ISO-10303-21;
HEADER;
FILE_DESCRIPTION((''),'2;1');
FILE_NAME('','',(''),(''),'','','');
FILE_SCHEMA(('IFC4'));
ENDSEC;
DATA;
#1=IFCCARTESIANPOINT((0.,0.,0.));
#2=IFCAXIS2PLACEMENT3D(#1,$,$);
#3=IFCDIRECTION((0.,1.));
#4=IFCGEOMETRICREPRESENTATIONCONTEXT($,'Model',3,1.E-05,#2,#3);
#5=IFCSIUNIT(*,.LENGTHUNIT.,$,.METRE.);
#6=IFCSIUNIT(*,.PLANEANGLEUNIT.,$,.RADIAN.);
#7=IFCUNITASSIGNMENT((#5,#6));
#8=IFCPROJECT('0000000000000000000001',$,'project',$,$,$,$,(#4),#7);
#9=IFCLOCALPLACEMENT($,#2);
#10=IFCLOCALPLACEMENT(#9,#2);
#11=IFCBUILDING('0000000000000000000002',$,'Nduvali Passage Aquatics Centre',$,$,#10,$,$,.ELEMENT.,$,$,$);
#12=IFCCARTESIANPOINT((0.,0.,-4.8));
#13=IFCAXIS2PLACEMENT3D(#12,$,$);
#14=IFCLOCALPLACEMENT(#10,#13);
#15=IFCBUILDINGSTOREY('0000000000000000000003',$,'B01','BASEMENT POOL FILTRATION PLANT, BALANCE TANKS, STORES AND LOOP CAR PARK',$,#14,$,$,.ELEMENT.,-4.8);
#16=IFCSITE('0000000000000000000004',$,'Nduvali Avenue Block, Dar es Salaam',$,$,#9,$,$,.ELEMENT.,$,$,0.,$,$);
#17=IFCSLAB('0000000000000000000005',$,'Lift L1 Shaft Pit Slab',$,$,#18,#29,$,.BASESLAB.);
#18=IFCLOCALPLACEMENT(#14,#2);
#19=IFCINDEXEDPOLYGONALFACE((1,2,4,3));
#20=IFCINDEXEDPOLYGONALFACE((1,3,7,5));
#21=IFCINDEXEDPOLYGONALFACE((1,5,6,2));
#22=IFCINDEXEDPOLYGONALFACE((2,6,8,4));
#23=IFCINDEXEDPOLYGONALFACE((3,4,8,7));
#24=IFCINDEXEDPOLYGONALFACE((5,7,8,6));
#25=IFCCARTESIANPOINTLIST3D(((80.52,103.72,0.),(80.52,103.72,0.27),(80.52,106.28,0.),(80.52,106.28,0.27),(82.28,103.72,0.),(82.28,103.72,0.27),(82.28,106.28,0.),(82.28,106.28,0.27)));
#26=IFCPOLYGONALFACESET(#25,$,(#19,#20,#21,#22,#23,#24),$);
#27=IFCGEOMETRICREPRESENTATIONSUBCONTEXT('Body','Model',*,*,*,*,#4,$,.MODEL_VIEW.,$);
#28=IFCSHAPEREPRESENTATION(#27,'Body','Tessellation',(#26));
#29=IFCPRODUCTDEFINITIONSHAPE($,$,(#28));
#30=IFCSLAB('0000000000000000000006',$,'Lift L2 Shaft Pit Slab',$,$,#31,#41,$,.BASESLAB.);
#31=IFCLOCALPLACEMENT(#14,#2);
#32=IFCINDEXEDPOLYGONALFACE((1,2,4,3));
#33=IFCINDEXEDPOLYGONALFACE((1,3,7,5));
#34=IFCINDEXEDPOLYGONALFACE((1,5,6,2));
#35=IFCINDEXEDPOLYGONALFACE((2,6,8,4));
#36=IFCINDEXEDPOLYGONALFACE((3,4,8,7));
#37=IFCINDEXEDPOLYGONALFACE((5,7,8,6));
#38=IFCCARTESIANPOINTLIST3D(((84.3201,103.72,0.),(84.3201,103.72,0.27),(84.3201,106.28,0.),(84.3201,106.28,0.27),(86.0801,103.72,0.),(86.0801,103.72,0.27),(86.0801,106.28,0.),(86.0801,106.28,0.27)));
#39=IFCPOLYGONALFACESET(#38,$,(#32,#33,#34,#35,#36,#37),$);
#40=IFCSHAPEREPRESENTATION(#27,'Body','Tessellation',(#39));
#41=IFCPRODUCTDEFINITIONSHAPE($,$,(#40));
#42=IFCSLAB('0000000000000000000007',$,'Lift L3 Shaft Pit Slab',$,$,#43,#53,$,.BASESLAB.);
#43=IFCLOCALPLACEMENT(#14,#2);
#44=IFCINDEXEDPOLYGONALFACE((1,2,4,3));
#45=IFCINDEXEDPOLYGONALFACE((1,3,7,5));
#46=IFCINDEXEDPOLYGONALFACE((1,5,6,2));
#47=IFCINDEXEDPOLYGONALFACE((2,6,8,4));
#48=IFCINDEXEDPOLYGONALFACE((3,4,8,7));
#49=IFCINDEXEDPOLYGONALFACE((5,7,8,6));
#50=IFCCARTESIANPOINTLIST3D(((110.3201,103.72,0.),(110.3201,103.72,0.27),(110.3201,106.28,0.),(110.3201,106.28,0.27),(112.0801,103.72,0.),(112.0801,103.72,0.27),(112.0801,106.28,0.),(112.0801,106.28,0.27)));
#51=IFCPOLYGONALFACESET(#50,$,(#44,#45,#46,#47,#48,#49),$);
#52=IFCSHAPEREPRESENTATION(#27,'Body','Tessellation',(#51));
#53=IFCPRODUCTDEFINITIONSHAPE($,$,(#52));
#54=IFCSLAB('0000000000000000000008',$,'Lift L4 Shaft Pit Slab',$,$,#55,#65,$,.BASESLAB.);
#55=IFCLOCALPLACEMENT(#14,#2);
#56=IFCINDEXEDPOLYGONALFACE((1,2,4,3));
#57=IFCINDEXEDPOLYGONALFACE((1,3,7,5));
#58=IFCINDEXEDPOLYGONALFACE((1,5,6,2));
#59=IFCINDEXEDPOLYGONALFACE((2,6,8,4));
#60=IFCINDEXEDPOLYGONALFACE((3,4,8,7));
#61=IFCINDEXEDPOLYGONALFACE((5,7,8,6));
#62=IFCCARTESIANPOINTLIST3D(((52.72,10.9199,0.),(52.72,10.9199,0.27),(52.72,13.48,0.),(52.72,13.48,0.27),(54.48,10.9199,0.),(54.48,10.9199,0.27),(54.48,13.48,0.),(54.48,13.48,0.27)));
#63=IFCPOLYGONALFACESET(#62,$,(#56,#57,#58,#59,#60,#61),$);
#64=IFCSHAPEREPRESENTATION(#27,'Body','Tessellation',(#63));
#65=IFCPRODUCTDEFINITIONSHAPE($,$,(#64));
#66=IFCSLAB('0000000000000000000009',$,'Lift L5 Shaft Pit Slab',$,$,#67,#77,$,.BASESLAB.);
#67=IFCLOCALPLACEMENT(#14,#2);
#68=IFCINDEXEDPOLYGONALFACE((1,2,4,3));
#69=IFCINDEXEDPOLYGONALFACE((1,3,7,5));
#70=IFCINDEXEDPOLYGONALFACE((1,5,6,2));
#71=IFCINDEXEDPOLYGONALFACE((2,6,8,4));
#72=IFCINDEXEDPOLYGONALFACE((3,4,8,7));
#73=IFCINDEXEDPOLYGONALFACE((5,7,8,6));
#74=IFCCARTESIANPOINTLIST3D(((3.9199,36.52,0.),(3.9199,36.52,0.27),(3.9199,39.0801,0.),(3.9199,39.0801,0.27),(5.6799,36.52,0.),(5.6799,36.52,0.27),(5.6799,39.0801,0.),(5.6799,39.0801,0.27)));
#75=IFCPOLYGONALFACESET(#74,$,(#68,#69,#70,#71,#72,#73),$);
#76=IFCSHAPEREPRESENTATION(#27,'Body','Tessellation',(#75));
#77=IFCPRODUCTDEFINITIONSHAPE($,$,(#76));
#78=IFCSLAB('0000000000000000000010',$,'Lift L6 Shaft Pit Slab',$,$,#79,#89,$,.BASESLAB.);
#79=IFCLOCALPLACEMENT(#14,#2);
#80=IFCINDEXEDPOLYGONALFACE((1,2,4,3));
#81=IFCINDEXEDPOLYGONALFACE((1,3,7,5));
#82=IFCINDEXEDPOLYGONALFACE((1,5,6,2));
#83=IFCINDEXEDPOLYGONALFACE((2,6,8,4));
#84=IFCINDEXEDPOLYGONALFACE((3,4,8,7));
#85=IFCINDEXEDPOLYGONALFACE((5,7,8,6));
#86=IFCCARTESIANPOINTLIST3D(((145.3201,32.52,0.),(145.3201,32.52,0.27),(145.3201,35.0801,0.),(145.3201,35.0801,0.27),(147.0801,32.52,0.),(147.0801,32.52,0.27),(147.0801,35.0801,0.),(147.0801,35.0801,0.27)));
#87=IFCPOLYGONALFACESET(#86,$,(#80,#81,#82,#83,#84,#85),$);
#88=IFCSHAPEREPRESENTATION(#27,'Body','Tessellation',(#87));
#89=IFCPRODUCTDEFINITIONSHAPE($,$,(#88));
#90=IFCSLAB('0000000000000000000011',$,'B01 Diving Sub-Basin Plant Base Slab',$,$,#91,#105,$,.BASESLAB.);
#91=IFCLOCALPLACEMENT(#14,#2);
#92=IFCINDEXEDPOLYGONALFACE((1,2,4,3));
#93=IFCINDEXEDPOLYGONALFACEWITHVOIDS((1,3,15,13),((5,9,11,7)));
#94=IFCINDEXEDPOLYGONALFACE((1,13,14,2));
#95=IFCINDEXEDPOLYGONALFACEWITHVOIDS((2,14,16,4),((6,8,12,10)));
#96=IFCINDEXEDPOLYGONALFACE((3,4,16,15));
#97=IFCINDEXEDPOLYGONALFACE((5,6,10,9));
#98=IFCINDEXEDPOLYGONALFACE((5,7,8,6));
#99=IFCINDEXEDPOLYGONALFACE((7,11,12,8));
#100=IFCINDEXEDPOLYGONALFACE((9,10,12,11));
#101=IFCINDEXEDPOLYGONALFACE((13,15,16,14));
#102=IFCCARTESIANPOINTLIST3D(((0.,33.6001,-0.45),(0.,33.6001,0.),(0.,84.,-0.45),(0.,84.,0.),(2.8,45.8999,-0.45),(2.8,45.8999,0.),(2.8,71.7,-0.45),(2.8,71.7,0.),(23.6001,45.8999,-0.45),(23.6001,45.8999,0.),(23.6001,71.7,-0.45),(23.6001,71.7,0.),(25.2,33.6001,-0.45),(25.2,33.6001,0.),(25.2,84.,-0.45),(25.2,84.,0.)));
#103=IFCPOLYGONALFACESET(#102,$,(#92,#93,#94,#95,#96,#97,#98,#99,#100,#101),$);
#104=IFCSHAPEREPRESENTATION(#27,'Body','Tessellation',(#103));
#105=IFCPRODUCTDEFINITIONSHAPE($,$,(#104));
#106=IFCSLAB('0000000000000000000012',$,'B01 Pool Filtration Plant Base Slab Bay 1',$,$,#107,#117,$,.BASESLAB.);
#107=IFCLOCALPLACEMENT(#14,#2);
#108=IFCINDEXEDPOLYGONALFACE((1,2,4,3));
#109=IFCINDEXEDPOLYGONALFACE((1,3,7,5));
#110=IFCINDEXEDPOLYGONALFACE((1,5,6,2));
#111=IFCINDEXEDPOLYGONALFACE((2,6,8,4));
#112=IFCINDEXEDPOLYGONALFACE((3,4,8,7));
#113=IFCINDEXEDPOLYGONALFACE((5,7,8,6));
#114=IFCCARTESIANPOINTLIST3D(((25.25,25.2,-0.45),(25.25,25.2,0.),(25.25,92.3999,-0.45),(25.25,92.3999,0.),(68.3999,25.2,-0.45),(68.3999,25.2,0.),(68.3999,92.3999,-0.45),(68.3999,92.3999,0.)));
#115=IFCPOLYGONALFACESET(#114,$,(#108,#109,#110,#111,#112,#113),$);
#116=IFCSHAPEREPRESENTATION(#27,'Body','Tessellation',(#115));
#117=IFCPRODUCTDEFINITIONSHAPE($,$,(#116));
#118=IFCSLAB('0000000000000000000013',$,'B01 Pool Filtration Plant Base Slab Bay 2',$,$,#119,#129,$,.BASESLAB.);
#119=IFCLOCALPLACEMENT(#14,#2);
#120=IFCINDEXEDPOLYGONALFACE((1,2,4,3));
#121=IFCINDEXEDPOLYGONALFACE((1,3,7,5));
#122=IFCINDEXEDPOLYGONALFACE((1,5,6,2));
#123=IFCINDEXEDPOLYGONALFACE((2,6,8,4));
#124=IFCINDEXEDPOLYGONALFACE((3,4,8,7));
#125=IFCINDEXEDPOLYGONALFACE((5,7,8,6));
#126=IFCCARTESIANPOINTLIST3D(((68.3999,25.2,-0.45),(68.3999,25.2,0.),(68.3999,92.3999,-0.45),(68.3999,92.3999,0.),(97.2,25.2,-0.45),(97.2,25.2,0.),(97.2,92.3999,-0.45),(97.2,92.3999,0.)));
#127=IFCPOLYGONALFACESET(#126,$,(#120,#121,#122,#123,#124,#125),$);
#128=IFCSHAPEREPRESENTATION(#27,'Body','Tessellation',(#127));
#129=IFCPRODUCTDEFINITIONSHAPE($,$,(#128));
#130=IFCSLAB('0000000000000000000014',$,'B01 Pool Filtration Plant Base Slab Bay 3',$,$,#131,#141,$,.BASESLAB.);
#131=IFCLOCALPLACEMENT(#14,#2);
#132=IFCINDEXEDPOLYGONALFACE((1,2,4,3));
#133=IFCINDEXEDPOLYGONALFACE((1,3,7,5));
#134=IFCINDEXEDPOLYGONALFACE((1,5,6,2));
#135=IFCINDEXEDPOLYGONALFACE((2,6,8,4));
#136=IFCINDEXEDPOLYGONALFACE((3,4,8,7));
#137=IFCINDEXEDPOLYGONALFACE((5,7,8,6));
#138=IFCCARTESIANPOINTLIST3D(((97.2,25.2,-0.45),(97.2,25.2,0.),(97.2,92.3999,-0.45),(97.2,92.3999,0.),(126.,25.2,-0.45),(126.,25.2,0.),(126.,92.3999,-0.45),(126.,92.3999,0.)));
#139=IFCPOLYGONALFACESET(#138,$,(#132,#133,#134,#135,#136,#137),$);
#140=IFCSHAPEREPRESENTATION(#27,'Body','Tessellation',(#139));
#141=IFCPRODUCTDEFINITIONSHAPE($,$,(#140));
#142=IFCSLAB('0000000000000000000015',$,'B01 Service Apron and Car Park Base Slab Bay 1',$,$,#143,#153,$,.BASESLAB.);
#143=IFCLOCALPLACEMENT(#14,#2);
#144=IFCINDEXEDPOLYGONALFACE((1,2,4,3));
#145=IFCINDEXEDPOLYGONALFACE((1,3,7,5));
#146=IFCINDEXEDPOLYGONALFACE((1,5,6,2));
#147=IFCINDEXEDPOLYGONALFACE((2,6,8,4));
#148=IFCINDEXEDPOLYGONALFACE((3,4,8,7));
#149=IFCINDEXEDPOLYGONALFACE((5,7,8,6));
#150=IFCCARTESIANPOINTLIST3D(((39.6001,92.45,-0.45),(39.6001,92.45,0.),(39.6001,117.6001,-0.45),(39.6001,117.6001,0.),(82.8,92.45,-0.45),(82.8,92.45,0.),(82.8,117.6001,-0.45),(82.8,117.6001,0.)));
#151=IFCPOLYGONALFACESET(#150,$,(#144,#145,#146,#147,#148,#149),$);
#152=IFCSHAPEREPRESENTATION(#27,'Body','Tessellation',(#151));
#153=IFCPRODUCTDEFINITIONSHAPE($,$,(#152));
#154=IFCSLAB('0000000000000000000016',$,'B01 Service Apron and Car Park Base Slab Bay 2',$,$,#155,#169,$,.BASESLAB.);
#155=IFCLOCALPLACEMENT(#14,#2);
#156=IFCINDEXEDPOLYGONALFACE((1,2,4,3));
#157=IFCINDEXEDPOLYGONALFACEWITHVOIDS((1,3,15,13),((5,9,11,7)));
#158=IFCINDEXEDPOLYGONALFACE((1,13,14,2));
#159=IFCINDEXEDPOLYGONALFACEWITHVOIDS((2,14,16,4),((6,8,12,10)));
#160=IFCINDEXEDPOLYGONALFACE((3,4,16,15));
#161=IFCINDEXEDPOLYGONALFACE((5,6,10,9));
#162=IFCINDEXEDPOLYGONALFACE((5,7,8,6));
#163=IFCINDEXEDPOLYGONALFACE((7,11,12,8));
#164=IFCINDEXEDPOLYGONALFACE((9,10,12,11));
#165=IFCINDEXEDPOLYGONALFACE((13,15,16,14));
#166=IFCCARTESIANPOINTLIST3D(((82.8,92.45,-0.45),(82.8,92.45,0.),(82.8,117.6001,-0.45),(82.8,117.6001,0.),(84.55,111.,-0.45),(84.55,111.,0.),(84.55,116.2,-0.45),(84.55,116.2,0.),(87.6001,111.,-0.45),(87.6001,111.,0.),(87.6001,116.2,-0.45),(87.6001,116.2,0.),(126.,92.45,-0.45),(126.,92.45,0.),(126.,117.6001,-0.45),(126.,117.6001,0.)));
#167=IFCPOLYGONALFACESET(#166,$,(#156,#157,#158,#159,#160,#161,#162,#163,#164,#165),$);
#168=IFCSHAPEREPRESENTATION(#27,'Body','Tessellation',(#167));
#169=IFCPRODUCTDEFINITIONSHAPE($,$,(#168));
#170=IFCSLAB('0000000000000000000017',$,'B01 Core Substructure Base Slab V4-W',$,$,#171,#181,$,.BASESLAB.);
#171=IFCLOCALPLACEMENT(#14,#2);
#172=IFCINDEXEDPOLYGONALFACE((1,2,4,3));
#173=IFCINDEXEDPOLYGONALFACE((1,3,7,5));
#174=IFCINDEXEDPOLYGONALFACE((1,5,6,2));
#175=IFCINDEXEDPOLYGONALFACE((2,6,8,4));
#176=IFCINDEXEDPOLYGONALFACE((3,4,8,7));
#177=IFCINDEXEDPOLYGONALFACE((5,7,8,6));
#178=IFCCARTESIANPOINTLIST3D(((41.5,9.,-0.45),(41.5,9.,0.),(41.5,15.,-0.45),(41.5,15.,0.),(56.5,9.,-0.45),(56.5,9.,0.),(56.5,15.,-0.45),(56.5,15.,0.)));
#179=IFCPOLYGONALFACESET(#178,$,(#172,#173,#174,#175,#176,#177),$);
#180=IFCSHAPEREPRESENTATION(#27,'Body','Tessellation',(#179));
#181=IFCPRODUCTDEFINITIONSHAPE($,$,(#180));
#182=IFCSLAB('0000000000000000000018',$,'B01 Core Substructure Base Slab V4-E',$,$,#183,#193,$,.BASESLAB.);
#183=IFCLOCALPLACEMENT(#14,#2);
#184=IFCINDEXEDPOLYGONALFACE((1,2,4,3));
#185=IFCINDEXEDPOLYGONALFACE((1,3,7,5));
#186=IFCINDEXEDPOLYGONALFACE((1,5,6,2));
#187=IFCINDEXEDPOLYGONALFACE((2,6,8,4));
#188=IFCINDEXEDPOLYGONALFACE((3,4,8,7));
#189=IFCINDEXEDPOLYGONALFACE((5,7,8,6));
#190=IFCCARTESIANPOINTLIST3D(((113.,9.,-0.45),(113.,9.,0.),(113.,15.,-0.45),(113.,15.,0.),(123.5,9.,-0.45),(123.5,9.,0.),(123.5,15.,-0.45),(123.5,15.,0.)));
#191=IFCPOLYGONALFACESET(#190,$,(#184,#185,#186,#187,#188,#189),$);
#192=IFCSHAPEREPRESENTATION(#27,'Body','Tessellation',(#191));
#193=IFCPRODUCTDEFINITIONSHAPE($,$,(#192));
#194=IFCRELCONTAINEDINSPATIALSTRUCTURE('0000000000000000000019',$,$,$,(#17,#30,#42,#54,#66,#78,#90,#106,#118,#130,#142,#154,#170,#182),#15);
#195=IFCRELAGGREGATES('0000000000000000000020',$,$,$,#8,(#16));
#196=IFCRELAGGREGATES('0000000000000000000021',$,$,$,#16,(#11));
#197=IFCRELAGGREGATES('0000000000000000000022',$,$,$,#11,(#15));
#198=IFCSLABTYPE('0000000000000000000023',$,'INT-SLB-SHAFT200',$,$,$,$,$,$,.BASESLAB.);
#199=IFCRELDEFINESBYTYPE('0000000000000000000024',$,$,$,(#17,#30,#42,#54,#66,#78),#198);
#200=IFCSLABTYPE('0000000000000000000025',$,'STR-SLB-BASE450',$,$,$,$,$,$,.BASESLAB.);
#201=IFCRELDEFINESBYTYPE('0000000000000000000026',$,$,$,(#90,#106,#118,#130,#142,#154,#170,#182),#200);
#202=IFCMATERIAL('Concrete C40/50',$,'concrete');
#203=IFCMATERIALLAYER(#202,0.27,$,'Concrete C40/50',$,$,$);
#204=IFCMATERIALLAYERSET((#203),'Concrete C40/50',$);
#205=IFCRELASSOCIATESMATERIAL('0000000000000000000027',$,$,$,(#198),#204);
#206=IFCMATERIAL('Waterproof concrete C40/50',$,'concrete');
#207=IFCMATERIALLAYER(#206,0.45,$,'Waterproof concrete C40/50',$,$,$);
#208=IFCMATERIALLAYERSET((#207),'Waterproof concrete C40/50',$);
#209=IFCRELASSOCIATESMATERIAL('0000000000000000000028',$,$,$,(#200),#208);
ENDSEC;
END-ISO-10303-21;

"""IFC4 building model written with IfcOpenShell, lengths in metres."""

from ifc_helpers import new_model, si_unit, direction, frame, origin, place, context, subcontext, project, spatial, polyline, outline, extrude, material, layer, layer_set, type_object, element, save


model = new_model("IFC4")

# Units and contexts
model_context = context("Model", 3, precision=1e-05, world=origin(), true_north=direction((0.0, 1.0)))
body_context = subcontext(model_context, "Body", "Model", "MODEL_VIEW")
ifc_project = project(units=[si_unit("LENGTHUNIT", "METRE"), si_unit("PLANEANGLEUNIT", "RADIAN")], contexts=[model_context])

# Site, building, storey
site_placement = place(None, origin())
site = spatial("IfcSite", under=ifc_project, at=site_placement, Name="Nduvali Avenue Block, Dar es Salaam", CompositionType="ELEMENT", RefElevation=0.0)
building_placement = place(site_placement, origin())
building = spatial("IfcBuilding", under=site, at=building_placement, Name="Nduvali Passage Aquatics Centre", CompositionType="ELEMENT")
storey_placement = place(building_placement, frame((0.0, 0.0, -4.8)))
storey = spatial("IfcBuildingStorey", under=building, at=storey_placement, Name="B01", Description="BASEMENT POOL FILTRATION PLANT, BALANCE TANKS, STORES AND LOOP CAR PARK", CompositionType="ELEMENT", Elevation=-4.8)

# Slabs
ifc_material_1 = material(Name="Concrete C40/50", Category="concrete")
ifc_layer_1 = layer(ifc_material_1, 0.27, Name="Concrete C40/50")
ifc_layer_set_1 = layer_set([ifc_layer_1], Name="Concrete C40/50")
slab_type_1 = type_object("IfcSlabType", Name="INT-SLB-SHAFT200", PredefinedType="BASESLAB", material=ifc_layer_set_1)
slab_1_placement = place(storey_placement, origin())
element("IfcSlab", 1, at=slab_1_placement, inside=storey, type_object=slab_type_1, Name="Lift L1 Shaft Pit Slab", PredefinedType="BASESLAB", context=body_context, shape_type="SweptSolid", body=[
    extrude(outline(polyline([(80.52, 103.72), (82.28, 103.72), (82.28, 106.28), (80.52, 106.28), (80.52, 103.72)])), origin(), (0.0, 0.0, 1.0), 0.27),
])
slab_2_placement = place(storey_placement, origin())
element("IfcSlab", 2, at=slab_2_placement, inside=storey, type_object=slab_type_1, Name="Lift L2 Shaft Pit Slab", PredefinedType="BASESLAB", context=body_context, shape_type="SweptSolid", body=[
    extrude(outline(polyline([(84.3201, 103.72), (86.0801, 103.72), (86.0801, 106.28), (84.3201, 106.28), (84.3201, 103.72)])), origin(), (0.0, 0.0, 1.0), 0.27),
])
slab_3_placement = place(storey_placement, origin())
element("IfcSlab", 3, at=slab_3_placement, inside=storey, type_object=slab_type_1, Name="Lift L3 Shaft Pit Slab", PredefinedType="BASESLAB", context=body_context, shape_type="SweptSolid", body=[
    extrude(outline(polyline([(110.3201, 103.72), (112.0801, 103.72), (112.0801, 106.28), (110.3201, 106.28), (110.3201, 103.72)])), origin(), (0.0, 0.0, 1.0), 0.27),
])
slab_4_placement = place(storey_placement, origin())
element("IfcSlab", 4, at=slab_4_placement, inside=storey, type_object=slab_type_1, Name="Lift L4 Shaft Pit Slab", PredefinedType="BASESLAB", context=body_context, shape_type="SweptSolid", body=[
    extrude(outline(polyline([(52.72, 10.9199), (54.48, 10.9199), (54.48, 13.48), (52.72, 13.48), (52.72, 10.9199)])), origin(), (0.0, 0.0, 1.0), 0.27),
])
slab_5_placement = place(storey_placement, origin())
element("IfcSlab", 5, at=slab_5_placement, inside=storey, type_object=slab_type_1, Name="Lift L5 Shaft Pit Slab", PredefinedType="BASESLAB", context=body_context, shape_type="SweptSolid", body=[
    extrude(outline(polyline([(3.9199, 36.52), (5.6799, 36.52), (5.6799, 39.0801), (3.9199, 39.0801), (3.9199, 36.52)])), origin(), (0.0, 0.0, 1.0), 0.27),
])
slab_6_placement = place(storey_placement, origin())
element("IfcSlab", 6, at=slab_6_placement, inside=storey, type_object=slab_type_1, Name="Lift L6 Shaft Pit Slab", PredefinedType="BASESLAB", context=body_context, shape_type="SweptSolid", body=[
    extrude(outline(polyline([(145.3201, 32.52), (147.0801, 32.52), (147.0801, 35.0801), (145.3201, 35.0801), (145.3201, 32.52)])), origin(), (0.0, 0.0, 1.0), 0.27),
])
ifc_material_2 = material(Name="Waterproof concrete C40/50", Category="concrete")
ifc_layer_2 = layer(ifc_material_2, 0.45, Name="Waterproof concrete C40/50")
ifc_layer_set_2 = layer_set([ifc_layer_2], Name="Waterproof concrete C40/50")
slab_type_2 = type_object("IfcSlabType", Name="STR-SLB-BASE450", PredefinedType="BASESLAB", material=ifc_layer_set_2)
slab_7_placement = place(storey_placement, frame((0.0, 0.0, -0.45)))
element("IfcSlab", 7, at=slab_7_placement, inside=storey, type_object=slab_type_2, Name="B01 Diving Sub-Basin Plant Base Slab", PredefinedType="BASESLAB", context=body_context, shape_type="SweptSolid", body=[
    extrude(outline(polyline([(0.0, 33.6001), (25.2, 33.6001), (25.2, 84.0), (0.0, 84.0), (0.0, 33.6001)]), holes=[polyline([(2.8, 45.8999), (23.6001, 45.8999), (23.6001, 71.7), (2.8, 71.7), (2.8, 45.8999)])]), origin(), (0.0, 0.0, 1.0), 0.45),
])
slab_8_placement = place(storey_placement, frame((0.0, 0.0, -0.45)))
element("IfcSlab", 8, at=slab_8_placement, inside=storey, type_object=slab_type_2, Name="B01 Pool Filtration Plant Base Slab Bay 1", PredefinedType="BASESLAB", context=body_context, shape_type="SweptSolid", body=[
    extrude(outline(polyline([(25.25, 25.2), (68.3999, 25.2), (68.3999, 92.3999), (25.25, 92.3999), (25.25, 25.2)])), origin(), (0.0, 0.0, 1.0), 0.45),
])
slab_9_placement = place(storey_placement, frame((0.0, 0.0, -0.45)))
element("IfcSlab", 9, at=slab_9_placement, inside=storey, type_object=slab_type_2, Name="B01 Pool Filtration Plant Base Slab Bay 2", PredefinedType="BASESLAB", context=body_context, shape_type="SweptSolid", body=[
    extrude(outline(polyline([(68.3999, 25.2), (97.2, 25.2), (97.2, 92.3999), (68.3999, 92.3999), (68.3999, 25.2)])), origin(), (0.0, 0.0, 1.0), 0.45),
])
slab_10_placement = place(storey_placement, frame((0.0, 0.0, -0.45)))
element("IfcSlab", 10, at=slab_10_placement, inside=storey, type_object=slab_type_2, Name="B01 Pool Filtration Plant Base Slab Bay 3", PredefinedType="BASESLAB", context=body_context, shape_type="SweptSolid", body=[
    extrude(outline(polyline([(97.2, 25.2), (126.0, 25.2), (126.0, 92.3999), (97.2, 92.3999), (97.2, 25.2)])), origin(), (0.0, 0.0, 1.0), 0.45),
])
slab_11_placement = place(storey_placement, frame((0.0, 0.0, -0.45)))
element("IfcSlab", 11, at=slab_11_placement, inside=storey, type_object=slab_type_2, Name="B01 Service Apron and Car Park Base Slab Bay 1", PredefinedType="BASESLAB", context=body_context, shape_type="SweptSolid", body=[
    extrude(outline(polyline([(39.6001, 92.45), (82.8, 92.45), (82.8, 117.6001), (39.6001, 117.6001), (39.6001, 92.45)])), origin(), (0.0, 0.0, 1.0), 0.45),
])
slab_12_placement = place(storey_placement, frame((0.0, 0.0, -0.45)))
element("IfcSlab", 12, at=slab_12_placement, inside=storey, type_object=slab_type_2, Name="B01 Service Apron and Car Park Base Slab Bay 2", PredefinedType="BASESLAB", context=body_context, shape_type="SweptSolid", body=[
    extrude(outline(polyline([(82.8, 92.45), (126.0, 92.45), (126.0, 117.6001), (82.8, 117.6001), (82.8, 92.45)]), holes=[polyline([(84.55, 111.0), (87.6001, 111.0), (87.6001, 116.2), (84.55, 116.2), (84.55, 111.0)])]), origin(), (0.0, 0.0, 1.0), 0.45),
])
slab_13_placement = place(storey_placement, frame((0.0, 0.0, -0.45)))
element("IfcSlab", 13, at=slab_13_placement, inside=storey, type_object=slab_type_2, Name="B01 Core Substructure Base Slab V4-W", PredefinedType="BASESLAB", context=body_context, shape_type="SweptSolid", body=[
    extrude(outline(polyline([(41.5, 9.0), (56.5, 9.0), (56.5, 15.0), (41.5, 15.0), (41.5, 9.0)])), origin(), (0.0, 0.0, 1.0), 0.45),
])
slab_14_placement = place(storey_placement, frame((0.0, 0.0, -0.45)))
element("IfcSlab", 14, at=slab_14_placement, inside=storey, type_object=slab_type_2, Name="B01 Core Substructure Base Slab V4-E", PredefinedType="BASESLAB", context=body_context, shape_type="SweptSolid", body=[
    extrude(outline(polyline([(113.0, 9.0), (123.5, 9.0), (123.5, 15.0), (113.0, 15.0), (113.0, 9.0)])), origin(), (0.0, 0.0, 1.0), 0.45),
])

save(model, "model.ifc")
